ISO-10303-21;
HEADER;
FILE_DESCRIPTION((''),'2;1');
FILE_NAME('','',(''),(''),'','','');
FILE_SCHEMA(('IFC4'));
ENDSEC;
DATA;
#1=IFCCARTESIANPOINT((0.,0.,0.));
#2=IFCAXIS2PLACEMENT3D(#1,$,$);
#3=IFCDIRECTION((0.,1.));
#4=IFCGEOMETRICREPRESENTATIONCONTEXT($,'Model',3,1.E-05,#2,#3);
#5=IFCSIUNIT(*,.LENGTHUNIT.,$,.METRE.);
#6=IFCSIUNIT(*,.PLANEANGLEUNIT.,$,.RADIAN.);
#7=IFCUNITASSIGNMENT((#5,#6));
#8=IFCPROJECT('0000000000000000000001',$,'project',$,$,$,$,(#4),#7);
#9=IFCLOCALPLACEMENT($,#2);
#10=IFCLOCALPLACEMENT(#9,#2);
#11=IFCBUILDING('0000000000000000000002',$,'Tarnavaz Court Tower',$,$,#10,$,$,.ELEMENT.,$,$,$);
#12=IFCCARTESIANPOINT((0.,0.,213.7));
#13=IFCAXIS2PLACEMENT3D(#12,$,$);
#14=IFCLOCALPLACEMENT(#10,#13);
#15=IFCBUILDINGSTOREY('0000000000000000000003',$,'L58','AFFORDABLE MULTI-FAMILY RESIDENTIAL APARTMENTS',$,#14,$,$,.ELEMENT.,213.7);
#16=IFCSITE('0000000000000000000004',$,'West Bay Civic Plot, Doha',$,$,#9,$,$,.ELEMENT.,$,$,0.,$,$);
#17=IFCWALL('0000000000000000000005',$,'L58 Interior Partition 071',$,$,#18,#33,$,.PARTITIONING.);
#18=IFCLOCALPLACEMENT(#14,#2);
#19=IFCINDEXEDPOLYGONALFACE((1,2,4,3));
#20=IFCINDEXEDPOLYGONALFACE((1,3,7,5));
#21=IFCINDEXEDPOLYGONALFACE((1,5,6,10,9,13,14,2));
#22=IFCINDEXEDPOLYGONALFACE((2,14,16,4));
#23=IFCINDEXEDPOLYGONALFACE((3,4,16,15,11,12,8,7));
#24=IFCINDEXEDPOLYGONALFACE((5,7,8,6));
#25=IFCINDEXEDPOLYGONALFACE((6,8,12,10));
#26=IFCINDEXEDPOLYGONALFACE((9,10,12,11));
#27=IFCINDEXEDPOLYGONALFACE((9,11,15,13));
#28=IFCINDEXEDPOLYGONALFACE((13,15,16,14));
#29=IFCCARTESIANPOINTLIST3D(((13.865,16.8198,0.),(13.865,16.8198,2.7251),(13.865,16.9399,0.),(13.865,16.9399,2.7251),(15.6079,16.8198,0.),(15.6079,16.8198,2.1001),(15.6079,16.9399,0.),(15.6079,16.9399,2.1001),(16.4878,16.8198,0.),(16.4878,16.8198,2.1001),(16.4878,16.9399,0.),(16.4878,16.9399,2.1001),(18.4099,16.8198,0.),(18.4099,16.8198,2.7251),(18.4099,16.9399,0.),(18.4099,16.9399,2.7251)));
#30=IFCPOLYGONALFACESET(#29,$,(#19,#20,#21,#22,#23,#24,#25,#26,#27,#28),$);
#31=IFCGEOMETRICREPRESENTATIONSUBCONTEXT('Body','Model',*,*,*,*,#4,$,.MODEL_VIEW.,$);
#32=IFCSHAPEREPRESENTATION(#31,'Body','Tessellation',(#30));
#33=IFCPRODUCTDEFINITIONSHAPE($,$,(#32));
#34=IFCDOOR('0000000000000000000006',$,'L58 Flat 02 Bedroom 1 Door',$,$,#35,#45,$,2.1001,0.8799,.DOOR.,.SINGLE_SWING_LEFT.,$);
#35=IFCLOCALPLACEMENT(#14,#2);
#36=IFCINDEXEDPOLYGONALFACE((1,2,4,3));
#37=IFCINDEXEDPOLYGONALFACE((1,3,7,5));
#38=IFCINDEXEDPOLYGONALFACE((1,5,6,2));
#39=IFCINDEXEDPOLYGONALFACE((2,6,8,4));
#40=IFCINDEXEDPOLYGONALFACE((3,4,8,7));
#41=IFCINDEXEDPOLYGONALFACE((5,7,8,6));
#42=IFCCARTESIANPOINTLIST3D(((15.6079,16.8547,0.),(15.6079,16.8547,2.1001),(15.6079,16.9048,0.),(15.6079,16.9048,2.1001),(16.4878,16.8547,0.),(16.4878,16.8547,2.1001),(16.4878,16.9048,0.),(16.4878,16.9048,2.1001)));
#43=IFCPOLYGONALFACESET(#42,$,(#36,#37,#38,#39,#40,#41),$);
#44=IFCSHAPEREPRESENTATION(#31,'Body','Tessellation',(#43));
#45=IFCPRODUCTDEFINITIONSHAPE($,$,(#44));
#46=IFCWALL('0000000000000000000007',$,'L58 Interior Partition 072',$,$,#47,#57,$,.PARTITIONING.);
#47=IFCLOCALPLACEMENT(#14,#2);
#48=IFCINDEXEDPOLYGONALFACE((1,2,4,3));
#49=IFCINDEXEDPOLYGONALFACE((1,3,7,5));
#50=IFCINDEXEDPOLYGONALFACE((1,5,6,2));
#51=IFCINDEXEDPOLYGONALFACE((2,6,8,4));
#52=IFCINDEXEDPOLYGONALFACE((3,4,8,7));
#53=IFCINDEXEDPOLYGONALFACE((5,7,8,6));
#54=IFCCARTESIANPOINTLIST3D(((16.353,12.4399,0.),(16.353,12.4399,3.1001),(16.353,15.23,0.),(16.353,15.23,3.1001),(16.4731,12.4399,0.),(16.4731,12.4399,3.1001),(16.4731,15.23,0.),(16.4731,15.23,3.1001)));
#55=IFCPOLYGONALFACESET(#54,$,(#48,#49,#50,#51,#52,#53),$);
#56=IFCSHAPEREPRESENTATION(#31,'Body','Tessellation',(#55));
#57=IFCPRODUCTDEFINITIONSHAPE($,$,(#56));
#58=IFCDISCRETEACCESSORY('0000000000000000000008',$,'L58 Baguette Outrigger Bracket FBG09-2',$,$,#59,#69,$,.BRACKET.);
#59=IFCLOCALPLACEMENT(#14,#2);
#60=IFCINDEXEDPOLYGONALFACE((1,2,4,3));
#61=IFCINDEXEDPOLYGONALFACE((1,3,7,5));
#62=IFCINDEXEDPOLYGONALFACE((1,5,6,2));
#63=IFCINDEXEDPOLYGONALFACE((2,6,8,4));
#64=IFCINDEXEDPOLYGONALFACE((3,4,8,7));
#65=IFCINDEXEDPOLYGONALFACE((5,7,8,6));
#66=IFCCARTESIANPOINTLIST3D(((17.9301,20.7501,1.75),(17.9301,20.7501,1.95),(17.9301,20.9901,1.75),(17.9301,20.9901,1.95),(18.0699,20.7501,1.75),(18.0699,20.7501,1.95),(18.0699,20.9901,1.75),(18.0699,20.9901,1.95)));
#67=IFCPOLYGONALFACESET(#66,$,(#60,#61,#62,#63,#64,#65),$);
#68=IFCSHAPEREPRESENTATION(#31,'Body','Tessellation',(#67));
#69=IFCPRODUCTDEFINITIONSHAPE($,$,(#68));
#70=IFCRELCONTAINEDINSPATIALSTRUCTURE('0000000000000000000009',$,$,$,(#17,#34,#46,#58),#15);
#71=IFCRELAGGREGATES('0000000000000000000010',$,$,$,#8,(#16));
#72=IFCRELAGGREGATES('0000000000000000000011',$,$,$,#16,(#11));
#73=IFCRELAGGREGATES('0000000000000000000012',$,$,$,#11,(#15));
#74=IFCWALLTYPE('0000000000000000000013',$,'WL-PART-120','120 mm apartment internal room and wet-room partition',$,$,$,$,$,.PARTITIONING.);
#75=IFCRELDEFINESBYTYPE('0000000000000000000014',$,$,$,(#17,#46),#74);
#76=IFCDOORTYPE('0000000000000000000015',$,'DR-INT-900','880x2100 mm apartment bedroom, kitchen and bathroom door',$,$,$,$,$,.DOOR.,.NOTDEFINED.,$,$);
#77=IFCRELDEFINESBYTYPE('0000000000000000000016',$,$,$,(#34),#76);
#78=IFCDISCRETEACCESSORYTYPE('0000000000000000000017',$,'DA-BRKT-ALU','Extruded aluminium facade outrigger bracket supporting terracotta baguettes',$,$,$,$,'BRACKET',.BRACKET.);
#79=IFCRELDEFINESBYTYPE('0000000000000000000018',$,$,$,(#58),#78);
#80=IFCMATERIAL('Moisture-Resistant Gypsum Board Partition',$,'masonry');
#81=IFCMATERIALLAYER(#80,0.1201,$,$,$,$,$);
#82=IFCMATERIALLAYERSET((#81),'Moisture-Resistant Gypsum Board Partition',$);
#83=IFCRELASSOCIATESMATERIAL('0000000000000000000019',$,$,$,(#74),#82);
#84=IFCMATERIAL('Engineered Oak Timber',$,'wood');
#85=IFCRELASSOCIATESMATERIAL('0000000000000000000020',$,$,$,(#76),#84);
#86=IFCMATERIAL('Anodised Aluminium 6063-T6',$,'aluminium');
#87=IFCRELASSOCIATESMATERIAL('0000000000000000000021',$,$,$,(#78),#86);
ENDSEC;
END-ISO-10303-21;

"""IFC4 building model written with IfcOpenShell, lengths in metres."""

from ifc_helpers import new_model, si_unit, direction, frame, frame_2d, origin, origin_2d, place, context, subcontext, project, spatial, rectangle, extrude, material, layer, layer_set, type_object, element, fill, save


model = new_model("IFC4")

# Units and contexts
model_context = context("Model", 3, precision=1e-05, world=origin(), true_north=direction((0.0, 1.0)))
body_context = subcontext(model_context, "Body", "Model", "MODEL_VIEW")
ifc_project = project(units=[si_unit("LENGTHUNIT", "METRE"), si_unit("PLANEANGLEUNIT", "RADIAN")], contexts=[model_context])

# Site, building, storey
site_placement = place(None, origin())
site = spatial("IfcSite", under=ifc_project, at=site_placement, Name="West Bay Civic Plot, Doha", CompositionType="ELEMENT", RefElevation=0.0)
building_placement = place(site_placement, origin())
building = spatial("IfcBuilding", under=site, at=building_placement, Name="Tarnavaz Court Tower", CompositionType="ELEMENT")
storey_placement = place(building_placement, frame((0.0, 0.0, 213.7)))
storey = spatial("IfcBuildingStorey", under=building, at=storey_placement, Name="L58", Description="AFFORDABLE MULTI-FAMILY RESIDENTIAL APARTMENTS", CompositionType="ELEMENT", Elevation=213.7)

# Wall, opening, door
ifc_material_1 = material(Name="Moisture-Resistant Gypsum Board Partition", Category="masonry")
ifc_layer_1 = layer(ifc_material_1, 0.1201)
ifc_layer_set_1 = layer_set([ifc_layer_1], Name="Moisture-Resistant Gypsum Board Partition")
wall_type_1 = type_object("IfcWallType", Name="WL-PART-120", Description="120 mm apartment internal room and wet-room partition", PredefinedType="PARTITIONING", material=ifc_layer_set_1)
ifc_material_2 = material(Name="Engineered Oak Timber", Category="wood")
door_type_1 = type_object("IfcDoorType", Name="DR-INT-900", Description="880x2100 mm apartment bedroom, kitchen and bathroom door", OperationType="NOTDEFINED", PredefinedType="DOOR", material=ifc_material_2)
wall_1_placement = place(storey_placement, frame((13.865, 16.8799, 0.0), z_axis=(0.0, 0.0, 1.0), x_axis=(1.0, 0.0, 0.0)))
wall_1 = element("IfcWall", 1, at=wall_1_placement, inside=storey, type_object=wall_type_1, Name="L58 Interior Partition 071", PredefinedType="PARTITIONING", context=body_context, shape_type="SweptSolid", body=[
    extrude(rectangle(XDim=4.5449, YDim=0.1201, at=frame_2d((2.2725, 0.0))), origin(), (0.0, 0.0, 1.0), 2.7251),
])
opening_1_placement = place(wall_1_placement, frame((1.7429, 0.0, 0.0)))
opening_1 = element("IfcOpeningElement", 2, at=opening_1_placement, cuts=wall_1, PredefinedType="OPENING", context=body_context, shape_type="SweptSolid", body=[
    extrude(rectangle(XDim=0.8799, YDim=2.1001, at=frame_2d((0.4399, 1.05))), frame((0.0, 0.0701, 0.0), z_axis=(0.0, -1.0, 0.0), x_axis=(1.0, 0.0, 0.0)), (0.0, 0.0, 1.0), 0.1401),
])
door_1_placement = place(opening_1_placement, origin())
door_1 = element("IfcDoor", 3, at=door_1_placement, inside=storey, type_object=door_type_1, Name="L58 Flat 02 Bedroom 1 Door", OperationType="SINGLE_SWING_LEFT", OverallHeight=2.1001, OverallWidth=0.8799, PredefinedType="DOOR", context=body_context, shape_type="SweptSolid", body=[
    extrude(rectangle(XDim=0.8799, YDim=2.1001, at=frame_2d((0.4399, 1.05))), frame((0.0, 0.0249, 0.0), z_axis=(0.0, -1.0, 0.0), x_axis=(1.0, 0.0, 0.0)), (0.0, 0.0, 1.0), 0.05),
])
fill(opening_1, door_1)

# Wall
wall_2_placement = place(storey_placement, frame((16.4131, 12.4399, 0.0), z_axis=(0.0, 0.0, 1.0), x_axis=(0.0, 1.0, 0.0)))
element("IfcWall", 4, at=wall_2_placement, inside=storey, type_object=wall_type_1, Name="L58 Interior Partition 072", PredefinedType="PARTITIONING", context=body_context, shape_type="SweptSolid", body=[
    extrude(rectangle(XDim=2.79, YDim=0.1201, at=frame_2d((1.395, 0.0))), origin(), (0.0, 0.0, 1.0), 3.1001),
])

# Discrete accessory
ifc_material_3 = material(Name="Anodised Aluminium 6063-T6", Category="aluminium")
discrete_accessory_type = type_object("IfcDiscreteAccessoryType", Name="DA-BRKT-ALU", Description="Extruded aluminium facade outrigger bracket supporting terracotta baguettes", ElementType="BRACKET", PredefinedType="BRACKET", material=ifc_material_3)
discrete_accessory_placement = place(storey_placement, frame((18.0, 20.8701, 1.75), z_axis=(0.0, 0.0, 1.0), x_axis=(1.0, 0.0, 0.0)))
element("IfcDiscreteAccessory", 5, at=discrete_accessory_placement, inside=storey, type_object=discrete_accessory_type, Name="L58 Baguette Outrigger Bracket FBG09-2", PredefinedType="BRACKET", context=body_context, shape_type="SweptSolid", body=[
    extrude(rectangle(XDim=0.1399, YDim=0.24, at=origin_2d()), origin(), (0.0, 0.0, 1.0), 0.2),
])

save(model, "model.ifc")
